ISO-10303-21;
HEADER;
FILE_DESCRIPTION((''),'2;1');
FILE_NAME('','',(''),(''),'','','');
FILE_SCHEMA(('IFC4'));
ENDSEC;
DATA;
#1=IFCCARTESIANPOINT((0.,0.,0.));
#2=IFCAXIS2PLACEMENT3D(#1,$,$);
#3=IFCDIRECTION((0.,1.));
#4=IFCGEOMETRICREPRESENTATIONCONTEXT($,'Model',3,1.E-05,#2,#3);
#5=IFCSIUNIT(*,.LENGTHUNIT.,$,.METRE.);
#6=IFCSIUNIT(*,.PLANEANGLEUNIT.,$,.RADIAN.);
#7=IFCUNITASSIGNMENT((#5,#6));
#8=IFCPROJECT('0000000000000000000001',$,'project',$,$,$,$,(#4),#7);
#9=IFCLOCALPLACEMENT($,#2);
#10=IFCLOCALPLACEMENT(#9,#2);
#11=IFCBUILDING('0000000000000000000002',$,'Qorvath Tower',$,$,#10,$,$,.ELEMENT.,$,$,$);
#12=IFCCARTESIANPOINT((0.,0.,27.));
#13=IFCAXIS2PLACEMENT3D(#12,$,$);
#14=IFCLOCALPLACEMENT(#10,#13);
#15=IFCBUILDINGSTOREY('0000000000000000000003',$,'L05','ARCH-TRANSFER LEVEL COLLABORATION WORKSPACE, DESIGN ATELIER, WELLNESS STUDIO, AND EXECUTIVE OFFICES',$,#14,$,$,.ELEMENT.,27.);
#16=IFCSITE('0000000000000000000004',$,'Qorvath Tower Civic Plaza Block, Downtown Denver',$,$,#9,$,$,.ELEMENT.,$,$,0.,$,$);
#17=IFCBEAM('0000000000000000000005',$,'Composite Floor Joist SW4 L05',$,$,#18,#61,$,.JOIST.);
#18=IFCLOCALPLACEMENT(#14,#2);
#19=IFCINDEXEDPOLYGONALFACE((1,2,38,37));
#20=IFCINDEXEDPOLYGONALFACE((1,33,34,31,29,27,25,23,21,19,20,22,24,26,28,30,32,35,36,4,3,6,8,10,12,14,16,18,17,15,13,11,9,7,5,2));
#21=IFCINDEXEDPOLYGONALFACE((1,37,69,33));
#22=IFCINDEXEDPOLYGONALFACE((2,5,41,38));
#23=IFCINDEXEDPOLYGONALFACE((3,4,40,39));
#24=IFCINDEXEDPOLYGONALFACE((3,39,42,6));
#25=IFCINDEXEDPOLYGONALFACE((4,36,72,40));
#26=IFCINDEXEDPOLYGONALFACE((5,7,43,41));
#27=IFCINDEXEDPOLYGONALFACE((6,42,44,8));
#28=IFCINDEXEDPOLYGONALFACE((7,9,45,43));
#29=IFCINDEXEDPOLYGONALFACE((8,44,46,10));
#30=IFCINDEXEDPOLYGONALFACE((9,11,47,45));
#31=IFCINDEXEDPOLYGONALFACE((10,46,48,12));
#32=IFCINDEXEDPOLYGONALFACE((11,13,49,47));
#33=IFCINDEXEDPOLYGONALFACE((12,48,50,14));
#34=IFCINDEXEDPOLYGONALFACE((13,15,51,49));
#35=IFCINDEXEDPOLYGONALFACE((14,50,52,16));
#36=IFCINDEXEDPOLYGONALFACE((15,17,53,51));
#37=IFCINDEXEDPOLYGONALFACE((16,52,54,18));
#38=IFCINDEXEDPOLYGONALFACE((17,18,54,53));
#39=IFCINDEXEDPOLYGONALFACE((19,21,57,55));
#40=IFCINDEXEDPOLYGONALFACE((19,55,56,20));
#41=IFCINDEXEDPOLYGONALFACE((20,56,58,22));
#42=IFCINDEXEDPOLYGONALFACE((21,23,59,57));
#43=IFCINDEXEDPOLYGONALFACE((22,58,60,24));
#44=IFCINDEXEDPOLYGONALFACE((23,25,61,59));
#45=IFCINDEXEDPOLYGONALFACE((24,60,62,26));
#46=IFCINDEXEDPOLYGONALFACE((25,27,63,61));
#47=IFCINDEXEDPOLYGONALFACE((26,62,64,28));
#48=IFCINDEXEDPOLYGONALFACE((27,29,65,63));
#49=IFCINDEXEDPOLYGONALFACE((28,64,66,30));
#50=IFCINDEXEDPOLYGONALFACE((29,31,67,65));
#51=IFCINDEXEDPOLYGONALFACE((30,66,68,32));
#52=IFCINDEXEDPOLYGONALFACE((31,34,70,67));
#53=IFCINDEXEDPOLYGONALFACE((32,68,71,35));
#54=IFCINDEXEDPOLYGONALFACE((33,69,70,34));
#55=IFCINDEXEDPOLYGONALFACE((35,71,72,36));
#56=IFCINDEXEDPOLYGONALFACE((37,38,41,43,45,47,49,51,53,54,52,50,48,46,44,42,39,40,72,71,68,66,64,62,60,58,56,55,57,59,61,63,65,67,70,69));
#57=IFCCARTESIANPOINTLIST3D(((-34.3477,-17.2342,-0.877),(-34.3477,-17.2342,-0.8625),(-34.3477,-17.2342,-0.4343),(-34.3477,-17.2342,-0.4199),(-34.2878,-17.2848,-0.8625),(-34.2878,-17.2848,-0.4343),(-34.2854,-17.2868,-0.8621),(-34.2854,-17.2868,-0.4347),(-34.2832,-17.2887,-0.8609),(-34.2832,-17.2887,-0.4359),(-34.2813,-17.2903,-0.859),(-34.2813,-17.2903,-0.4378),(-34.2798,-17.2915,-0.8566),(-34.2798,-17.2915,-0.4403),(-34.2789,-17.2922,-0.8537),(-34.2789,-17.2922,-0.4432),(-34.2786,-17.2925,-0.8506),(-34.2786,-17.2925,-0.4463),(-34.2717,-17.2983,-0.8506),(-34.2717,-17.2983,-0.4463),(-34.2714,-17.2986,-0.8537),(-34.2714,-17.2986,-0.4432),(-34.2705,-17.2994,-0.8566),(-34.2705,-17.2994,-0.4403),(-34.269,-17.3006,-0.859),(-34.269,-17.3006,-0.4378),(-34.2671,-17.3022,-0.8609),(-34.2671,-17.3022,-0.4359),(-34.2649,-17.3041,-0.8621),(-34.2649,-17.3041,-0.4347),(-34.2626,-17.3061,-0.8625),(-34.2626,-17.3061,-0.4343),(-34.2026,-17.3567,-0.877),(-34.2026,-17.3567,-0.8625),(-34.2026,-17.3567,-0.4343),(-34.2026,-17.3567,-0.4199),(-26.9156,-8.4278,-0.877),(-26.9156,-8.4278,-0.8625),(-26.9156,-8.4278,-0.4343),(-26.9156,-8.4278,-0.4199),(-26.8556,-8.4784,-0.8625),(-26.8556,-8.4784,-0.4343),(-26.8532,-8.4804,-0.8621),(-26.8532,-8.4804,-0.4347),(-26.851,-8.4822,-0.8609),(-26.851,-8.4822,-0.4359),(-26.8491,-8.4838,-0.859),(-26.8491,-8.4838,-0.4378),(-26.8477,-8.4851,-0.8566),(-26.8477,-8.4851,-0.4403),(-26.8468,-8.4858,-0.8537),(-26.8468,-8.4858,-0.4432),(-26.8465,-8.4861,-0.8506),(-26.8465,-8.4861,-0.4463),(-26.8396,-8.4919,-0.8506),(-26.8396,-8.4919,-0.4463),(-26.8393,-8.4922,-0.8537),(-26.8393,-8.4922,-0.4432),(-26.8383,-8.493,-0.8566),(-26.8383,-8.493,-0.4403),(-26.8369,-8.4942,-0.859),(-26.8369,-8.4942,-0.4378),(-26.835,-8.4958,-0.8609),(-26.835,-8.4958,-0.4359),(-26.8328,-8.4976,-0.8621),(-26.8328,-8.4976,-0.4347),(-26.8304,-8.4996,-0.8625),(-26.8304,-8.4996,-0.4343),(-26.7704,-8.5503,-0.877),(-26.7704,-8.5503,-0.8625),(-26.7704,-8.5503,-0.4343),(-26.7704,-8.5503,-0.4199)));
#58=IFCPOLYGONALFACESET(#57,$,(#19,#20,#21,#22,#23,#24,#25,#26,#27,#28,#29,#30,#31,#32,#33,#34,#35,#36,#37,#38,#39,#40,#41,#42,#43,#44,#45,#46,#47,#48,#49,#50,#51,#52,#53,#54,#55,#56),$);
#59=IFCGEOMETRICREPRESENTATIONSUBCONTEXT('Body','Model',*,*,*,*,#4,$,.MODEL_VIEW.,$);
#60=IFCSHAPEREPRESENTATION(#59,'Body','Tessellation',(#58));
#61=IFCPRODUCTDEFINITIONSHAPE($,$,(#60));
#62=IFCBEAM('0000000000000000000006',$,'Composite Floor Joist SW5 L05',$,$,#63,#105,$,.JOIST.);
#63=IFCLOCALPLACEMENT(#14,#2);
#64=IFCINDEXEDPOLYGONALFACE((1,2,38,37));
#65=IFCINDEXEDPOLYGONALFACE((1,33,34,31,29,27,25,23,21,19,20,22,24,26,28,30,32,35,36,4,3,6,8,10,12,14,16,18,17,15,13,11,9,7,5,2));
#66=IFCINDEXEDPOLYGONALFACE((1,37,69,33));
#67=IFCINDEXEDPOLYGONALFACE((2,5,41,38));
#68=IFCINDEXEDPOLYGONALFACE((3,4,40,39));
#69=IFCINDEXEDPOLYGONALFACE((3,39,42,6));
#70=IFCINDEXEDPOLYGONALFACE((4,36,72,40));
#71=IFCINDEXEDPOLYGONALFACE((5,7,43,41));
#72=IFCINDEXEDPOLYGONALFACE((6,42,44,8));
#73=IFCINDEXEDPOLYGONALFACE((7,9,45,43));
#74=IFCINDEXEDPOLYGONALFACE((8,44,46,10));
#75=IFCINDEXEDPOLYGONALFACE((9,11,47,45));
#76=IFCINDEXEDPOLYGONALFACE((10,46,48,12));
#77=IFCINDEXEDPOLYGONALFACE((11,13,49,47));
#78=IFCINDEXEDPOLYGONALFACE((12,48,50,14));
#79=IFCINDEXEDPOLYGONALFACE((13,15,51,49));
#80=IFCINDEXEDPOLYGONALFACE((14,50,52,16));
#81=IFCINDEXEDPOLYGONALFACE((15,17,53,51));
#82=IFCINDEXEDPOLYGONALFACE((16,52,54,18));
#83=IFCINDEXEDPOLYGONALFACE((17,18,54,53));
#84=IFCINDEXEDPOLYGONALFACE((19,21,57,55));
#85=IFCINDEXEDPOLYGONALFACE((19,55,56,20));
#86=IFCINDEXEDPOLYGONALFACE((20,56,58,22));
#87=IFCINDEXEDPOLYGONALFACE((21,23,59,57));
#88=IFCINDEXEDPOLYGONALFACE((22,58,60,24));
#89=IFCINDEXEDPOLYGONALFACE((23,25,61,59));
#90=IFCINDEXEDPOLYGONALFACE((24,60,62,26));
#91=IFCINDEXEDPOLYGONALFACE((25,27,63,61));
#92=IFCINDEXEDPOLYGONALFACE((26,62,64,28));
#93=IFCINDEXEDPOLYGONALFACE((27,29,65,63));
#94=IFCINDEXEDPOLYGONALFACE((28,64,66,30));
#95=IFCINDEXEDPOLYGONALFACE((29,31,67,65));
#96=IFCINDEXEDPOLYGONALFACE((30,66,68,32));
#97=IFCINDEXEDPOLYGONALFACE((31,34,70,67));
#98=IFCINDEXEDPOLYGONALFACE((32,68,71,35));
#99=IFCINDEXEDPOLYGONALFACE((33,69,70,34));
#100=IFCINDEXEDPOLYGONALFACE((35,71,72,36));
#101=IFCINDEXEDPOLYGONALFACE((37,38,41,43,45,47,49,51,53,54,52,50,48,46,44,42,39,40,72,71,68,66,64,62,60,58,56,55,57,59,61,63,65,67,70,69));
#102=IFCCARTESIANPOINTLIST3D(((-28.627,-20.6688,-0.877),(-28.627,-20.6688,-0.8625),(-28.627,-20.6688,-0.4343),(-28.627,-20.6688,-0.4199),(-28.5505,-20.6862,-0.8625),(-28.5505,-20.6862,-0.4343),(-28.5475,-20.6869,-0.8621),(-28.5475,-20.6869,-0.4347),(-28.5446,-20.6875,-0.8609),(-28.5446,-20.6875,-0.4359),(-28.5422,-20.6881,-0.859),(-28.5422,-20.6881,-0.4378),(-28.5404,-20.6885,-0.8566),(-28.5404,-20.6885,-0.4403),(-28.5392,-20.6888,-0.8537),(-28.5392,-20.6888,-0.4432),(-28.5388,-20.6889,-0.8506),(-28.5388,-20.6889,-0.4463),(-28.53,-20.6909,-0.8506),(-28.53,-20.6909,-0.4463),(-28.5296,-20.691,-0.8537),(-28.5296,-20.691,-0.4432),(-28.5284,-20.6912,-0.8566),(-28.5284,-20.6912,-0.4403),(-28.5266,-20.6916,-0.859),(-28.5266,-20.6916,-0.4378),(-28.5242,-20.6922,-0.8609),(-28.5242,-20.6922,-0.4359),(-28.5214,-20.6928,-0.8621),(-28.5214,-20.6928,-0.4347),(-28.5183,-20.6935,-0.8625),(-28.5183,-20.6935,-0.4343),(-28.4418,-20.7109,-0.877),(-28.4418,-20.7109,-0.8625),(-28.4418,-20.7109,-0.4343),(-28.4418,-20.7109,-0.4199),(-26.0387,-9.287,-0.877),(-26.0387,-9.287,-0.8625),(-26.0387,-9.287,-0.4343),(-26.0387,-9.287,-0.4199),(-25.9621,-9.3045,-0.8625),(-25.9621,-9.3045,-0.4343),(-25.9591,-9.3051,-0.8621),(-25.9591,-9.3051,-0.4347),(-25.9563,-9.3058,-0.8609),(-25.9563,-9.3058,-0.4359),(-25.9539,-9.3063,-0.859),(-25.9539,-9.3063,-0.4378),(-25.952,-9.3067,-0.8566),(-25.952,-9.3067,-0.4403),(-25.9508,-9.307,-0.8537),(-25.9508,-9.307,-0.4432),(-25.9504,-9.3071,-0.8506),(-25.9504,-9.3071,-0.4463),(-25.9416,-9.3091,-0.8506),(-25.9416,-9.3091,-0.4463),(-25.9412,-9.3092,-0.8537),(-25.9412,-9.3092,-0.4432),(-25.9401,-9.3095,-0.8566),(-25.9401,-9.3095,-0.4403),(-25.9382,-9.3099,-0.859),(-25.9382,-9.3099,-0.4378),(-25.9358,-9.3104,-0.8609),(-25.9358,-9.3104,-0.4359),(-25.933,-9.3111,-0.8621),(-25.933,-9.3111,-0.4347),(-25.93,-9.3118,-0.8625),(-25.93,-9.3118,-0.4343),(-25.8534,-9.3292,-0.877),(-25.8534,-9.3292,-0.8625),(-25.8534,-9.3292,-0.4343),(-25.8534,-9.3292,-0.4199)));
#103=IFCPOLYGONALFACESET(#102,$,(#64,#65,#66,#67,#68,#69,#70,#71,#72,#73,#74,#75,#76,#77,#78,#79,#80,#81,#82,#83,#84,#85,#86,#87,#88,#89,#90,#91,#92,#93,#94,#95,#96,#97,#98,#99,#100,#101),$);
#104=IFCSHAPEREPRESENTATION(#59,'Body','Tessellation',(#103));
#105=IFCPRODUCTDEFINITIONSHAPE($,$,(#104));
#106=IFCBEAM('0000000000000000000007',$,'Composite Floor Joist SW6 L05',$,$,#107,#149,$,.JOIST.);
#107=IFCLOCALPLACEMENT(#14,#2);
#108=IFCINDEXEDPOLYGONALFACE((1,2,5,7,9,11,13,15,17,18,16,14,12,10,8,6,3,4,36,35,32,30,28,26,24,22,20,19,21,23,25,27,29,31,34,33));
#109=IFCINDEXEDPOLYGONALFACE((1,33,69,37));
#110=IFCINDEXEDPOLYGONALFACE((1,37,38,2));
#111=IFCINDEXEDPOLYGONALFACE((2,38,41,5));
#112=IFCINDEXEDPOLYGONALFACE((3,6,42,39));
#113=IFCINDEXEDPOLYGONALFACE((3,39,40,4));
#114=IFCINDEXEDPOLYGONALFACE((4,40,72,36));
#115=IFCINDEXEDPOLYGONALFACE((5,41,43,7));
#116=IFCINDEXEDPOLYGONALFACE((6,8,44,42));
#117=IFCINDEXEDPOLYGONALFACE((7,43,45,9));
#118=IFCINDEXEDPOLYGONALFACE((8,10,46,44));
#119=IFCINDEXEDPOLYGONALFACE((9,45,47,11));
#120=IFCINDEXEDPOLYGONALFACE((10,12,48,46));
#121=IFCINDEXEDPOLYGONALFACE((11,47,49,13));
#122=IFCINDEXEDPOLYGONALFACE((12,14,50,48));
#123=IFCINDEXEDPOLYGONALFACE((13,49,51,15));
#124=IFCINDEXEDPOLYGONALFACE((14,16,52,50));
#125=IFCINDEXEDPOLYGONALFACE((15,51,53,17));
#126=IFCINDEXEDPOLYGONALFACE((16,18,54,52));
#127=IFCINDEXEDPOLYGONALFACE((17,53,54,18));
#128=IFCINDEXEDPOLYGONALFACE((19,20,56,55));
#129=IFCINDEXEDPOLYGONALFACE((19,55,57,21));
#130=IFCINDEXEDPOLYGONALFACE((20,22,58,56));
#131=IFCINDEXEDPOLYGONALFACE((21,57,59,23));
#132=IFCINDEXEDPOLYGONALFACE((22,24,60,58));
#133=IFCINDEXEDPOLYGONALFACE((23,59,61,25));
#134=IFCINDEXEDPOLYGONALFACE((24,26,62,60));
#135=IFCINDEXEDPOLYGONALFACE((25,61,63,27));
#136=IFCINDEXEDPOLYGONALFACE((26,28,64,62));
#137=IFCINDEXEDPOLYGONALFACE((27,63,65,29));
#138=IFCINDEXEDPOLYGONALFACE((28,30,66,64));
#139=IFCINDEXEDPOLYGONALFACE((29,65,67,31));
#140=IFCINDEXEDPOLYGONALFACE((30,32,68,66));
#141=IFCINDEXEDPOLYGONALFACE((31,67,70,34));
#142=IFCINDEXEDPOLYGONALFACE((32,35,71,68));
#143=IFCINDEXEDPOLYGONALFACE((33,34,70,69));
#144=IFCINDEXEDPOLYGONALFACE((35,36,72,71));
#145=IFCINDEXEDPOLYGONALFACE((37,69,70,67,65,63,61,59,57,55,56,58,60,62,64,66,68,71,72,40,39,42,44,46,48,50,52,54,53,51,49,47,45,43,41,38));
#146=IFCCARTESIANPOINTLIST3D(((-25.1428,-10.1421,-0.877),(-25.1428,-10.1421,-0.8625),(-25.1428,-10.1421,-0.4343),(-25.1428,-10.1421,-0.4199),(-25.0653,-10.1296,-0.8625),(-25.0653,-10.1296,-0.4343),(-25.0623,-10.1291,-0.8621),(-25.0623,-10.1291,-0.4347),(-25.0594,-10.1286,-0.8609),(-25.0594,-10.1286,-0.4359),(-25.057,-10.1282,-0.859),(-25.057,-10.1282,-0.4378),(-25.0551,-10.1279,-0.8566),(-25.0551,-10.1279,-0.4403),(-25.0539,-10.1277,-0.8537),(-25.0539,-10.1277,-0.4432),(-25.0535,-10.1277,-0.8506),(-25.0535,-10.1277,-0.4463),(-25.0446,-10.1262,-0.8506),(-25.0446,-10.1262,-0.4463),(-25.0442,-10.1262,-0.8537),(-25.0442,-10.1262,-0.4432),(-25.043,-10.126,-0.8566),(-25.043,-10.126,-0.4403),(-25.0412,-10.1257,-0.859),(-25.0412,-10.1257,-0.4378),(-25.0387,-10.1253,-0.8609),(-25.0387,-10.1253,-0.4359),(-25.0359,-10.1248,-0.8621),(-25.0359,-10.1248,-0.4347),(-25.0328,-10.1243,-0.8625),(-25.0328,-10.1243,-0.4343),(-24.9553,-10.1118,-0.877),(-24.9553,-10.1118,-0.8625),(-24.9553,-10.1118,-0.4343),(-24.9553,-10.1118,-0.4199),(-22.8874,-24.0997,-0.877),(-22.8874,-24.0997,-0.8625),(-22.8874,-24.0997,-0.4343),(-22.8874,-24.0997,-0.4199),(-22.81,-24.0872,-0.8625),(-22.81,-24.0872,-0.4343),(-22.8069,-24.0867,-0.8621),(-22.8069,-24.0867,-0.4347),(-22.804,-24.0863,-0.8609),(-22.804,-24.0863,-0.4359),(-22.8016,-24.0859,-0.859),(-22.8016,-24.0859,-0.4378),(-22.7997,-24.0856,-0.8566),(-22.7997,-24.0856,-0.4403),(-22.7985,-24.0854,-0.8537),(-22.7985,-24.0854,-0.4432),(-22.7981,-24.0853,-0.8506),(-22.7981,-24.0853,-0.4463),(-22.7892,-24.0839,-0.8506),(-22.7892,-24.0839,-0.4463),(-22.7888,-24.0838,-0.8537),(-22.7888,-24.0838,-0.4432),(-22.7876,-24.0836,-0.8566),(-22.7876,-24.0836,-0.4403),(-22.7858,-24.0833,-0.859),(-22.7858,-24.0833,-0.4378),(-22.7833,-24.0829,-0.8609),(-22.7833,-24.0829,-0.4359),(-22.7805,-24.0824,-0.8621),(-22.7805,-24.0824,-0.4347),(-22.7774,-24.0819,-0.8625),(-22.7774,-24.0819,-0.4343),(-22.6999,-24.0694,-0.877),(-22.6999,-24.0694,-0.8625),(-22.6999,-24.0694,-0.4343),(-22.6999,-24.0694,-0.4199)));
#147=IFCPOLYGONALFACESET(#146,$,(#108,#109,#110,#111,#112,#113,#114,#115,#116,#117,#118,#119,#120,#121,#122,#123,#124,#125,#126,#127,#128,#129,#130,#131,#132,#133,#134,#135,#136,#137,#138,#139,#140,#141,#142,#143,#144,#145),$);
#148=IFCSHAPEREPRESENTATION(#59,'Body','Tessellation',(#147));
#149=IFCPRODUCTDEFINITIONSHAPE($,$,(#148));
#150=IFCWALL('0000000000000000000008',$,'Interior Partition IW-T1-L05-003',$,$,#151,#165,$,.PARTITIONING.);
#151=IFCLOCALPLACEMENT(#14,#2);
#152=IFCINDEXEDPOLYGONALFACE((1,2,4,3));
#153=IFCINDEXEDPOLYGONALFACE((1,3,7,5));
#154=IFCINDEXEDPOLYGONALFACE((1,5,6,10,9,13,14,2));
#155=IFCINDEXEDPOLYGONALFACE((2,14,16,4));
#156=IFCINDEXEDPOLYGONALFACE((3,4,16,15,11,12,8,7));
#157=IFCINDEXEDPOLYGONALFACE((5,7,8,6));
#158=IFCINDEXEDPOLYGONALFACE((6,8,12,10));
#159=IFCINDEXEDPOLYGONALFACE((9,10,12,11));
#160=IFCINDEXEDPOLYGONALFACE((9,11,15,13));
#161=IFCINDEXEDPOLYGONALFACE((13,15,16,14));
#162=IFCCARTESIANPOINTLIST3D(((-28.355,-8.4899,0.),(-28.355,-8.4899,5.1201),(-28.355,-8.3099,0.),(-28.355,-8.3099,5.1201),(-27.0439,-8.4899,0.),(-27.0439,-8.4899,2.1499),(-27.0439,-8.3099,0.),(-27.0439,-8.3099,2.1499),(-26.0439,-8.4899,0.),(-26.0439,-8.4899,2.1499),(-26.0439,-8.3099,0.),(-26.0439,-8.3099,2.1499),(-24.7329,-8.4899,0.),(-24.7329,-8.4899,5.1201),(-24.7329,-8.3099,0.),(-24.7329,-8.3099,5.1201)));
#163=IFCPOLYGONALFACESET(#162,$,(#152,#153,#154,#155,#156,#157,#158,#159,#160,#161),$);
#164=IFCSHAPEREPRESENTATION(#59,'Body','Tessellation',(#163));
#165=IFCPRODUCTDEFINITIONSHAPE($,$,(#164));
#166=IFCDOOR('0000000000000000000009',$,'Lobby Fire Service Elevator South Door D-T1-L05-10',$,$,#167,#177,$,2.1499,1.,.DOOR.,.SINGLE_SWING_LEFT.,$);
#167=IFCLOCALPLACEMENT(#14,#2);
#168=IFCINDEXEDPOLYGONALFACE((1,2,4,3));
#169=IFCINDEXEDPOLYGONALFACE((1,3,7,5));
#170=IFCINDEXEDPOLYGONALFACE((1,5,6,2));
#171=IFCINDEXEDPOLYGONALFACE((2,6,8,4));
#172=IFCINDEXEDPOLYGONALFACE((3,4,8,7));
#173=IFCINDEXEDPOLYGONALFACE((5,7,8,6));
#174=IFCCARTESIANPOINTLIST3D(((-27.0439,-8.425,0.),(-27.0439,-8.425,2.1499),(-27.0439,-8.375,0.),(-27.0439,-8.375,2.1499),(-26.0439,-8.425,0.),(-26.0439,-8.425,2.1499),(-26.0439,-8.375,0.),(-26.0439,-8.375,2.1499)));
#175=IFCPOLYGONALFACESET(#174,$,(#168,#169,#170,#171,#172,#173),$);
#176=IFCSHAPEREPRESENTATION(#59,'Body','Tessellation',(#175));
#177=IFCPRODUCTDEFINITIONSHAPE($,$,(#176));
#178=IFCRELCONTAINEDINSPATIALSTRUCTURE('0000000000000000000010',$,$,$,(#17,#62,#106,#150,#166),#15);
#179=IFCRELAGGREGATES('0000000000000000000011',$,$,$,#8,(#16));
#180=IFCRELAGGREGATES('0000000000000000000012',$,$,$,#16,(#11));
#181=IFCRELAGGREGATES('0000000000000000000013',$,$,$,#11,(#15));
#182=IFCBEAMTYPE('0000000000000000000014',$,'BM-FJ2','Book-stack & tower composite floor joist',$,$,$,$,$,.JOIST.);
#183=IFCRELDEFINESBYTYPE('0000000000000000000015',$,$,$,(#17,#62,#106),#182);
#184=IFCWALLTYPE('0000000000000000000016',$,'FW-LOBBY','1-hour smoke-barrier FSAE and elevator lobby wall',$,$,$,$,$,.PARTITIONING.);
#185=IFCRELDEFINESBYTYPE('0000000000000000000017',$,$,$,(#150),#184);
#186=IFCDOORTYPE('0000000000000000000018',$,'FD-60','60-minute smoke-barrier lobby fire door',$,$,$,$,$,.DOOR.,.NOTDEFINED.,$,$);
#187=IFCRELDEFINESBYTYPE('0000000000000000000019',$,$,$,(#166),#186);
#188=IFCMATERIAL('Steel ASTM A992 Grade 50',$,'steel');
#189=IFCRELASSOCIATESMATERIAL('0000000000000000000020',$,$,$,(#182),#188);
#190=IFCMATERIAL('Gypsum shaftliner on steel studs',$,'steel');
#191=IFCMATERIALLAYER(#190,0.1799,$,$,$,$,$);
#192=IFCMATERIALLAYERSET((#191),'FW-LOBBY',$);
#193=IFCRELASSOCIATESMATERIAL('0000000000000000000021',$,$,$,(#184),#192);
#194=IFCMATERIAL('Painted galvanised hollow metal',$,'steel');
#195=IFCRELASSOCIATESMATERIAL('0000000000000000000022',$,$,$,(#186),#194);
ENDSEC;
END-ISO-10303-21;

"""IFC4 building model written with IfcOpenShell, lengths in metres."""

from ifc_helpers import new_model, si_unit, direction, frame, frame_2d, origin, origin_2d, place, context, subcontext, project, spatial, rectangle, i_section, extrude, material, layer, layer_set, material_profile, profile_set, type_object, element, fill, save


model = new_model("IFC4")

# Units and contexts
model_context = context("Model", 3, precision=1e-05, world=origin(), true_north=direction((0.0, 1.0)))
body_context = subcontext(model_context, "Body", "Model", "MODEL_VIEW")
ifc_project = project(units=[si_unit("LENGTHUNIT", "METRE"), si_unit("PLANEANGLEUNIT", "RADIAN")], contexts=[model_context])

# Site, building, storey
site_placement = place(None, origin())
site = spatial("IfcSite", under=ifc_project, at=site_placement, Name="Qorvath Tower Civic Plaza Block, Downtown Denver", CompositionType="ELEMENT", RefElevation=0.0)
building_placement = place(site_placement, origin())
building = spatial("IfcBuilding", under=site, at=building_placement, Name="Qorvath Tower", CompositionType="ELEMENT")
storey_placement = place(building_placement, frame((0.0, 0.0, 27.0)))
storey = spatial("IfcBuildingStorey", under=building, at=storey_placement, Name="L05", Description="ARCH-TRANSFER LEVEL COLLABORATION WORKSPACE, DESIGN ATELIER, WELLNESS STUDIO, AND EXECUTIVE OFFICES", CompositionType="ELEMENT", Elevation=27.0)

# Beams
ifc_material_1 = material(Name="Steel ASTM A992 Grade 50", Category="steel")
ifc_material_profile_1 = material_profile(ifc_material_1, i_section(OverallWidth=0.1899, OverallDepth=0.457, WebThickness=0.009, FlangeThickness=0.0144, FilletRadius=0.012, at=origin_2d()), Name="W18x50")
ifc_profile_set_1 = profile_set([ifc_material_profile_1], Name="Steel ASTM A992 Grade 50")
beam_type_1 = type_object("IfcBeamType", Name="BM-FJ2", Description="Book-stack & tower composite floor joist", PredefinedType="JOIST", material=ifc_profile_set_1)
beam_1_placement = place(storey_placement, frame((-26.843, -8.489, -0.6484), z_axis=(-0.644959, -0.764217, 0.0), x_axis=(0.764217, -0.644959, 0.0)))
element("IfcBeam", 1, at=beam_1_placement, inside=storey, type_object=beam_type_1, Name="Composite Floor Joist SW4 L05", PredefinedType="JOIST", context=body_context, shape_type="SweptSolid", body=[
    extrude(i_section(OverallWidth=0.1899, OverallDepth=0.457, WebThickness=0.009, FlangeThickness=0.0144, FilletRadius=0.012, at=origin_2d()), origin(), (0.0, 0.0, 1.0), 11.5234),
])
beam_2_placement = place(storey_placement, frame((-25.946, -9.3081, -0.6484), z_axis=(-0.221751, -0.975103, 0.0), x_axis=(0.975103, -0.221751, 0.0)))
element("IfcBeam", 2, at=beam_2_placement, inside=storey, type_object=beam_type_1, Name="Composite Floor Joist SW5 L05", PredefinedType="JOIST", context=body_context, shape_type="SweptSolid", body=[
    extrude(i_section(OverallWidth=0.1899, OverallDepth=0.457, WebThickness=0.009, FlangeThickness=0.0144, FilletRadius=0.012, at=origin_2d()), origin(), (0.0, 0.0, 1.0), 11.6724),
])
beam_3_placement = place(storey_placement, frame((-25.0491, -10.127, -0.6484), z_axis=(0.159519, -0.987195, 0.0), x_axis=(0.987195, 0.159519, 0.0)))
element("IfcBeam", 3, at=beam_3_placement, inside=storey, type_object=beam_type_1, Name="Composite Floor Joist SW6 L05", PredefinedType="JOIST", context=body_context, shape_type="SweptSolid", body=[
    extrude(i_section(OverallWidth=0.1899, OverallDepth=0.457, WebThickness=0.009, FlangeThickness=0.0144, FilletRadius=0.012, at=origin_2d()), origin(), (0.0, 0.0, 1.0), 14.1387),
])

# Wall, opening, door
ifc_material_2 = material(Name="Gypsum shaftliner on steel studs", Category="steel")
ifc_layer_1 = layer(ifc_material_2, 0.1799)
ifc_layer_set_1 = layer_set([ifc_layer_1], Name="FW-LOBBY")
wall_type_1 = type_object("IfcWallType", Name="FW-LOBBY", Description="1-hour smoke-barrier FSAE and elevator lobby wall", PredefinedType="PARTITIONING", material=ifc_layer_set_1)
wall_1_placement = place(storey_placement, frame((-28.355, -8.3999, 0.0), z_axis=(0.0, 0.0, 1.0), x_axis=(1.0, 0.0, 0.0)))
wall_1 = element("IfcWall", 4, at=wall_1_placement, inside=storey, type_object=wall_type_1, Name="Interior Partition IW-T1-L05-003", PredefinedType="PARTITIONING", context=body_context, shape_type="SweptSolid", body=[
    extrude(rectangle(XDim=3.6221, YDim=0.1799, at=frame_2d((1.811, 0.0))), origin(), (0.0, 0.0, 1.0), 5.1201),
])
opening_1_placement = place(wall_1_placement, frame((1.311, 0.0, 0.0)))
opening_1 = element("IfcOpeningElement", 5, at=opening_1_placement, cuts=wall_1, PredefinedType="OPENING", context=body_context, shape_type="SweptSolid", body=[
    extrude(rectangle(XDim=1.0, YDim=2.1499, at=frame_2d((0.5, 1.075))), frame((0.0, 0.1001, 0.0), z_axis=(0.0, -1.0, 0.0), x_axis=(1.0, 0.0, 0.0)), (0.0, 0.0, 1.0), 0.2),
])
ifc_material_3 = material(Name="Painted galvanised hollow metal", Category="steel")
door_type_1 = type_object("IfcDoorType", Name="FD-60", Description="60-minute smoke-barrier lobby fire door", OperationType="NOTDEFINED", PredefinedType="DOOR", material=ifc_material_3)
door_1_placement = place(opening_1_placement, origin())
door_1 = element("IfcDoor", 6, at=door_1_placement, inside=storey, type_object=door_type_1, Name="Lobby Fire Service Elevator South Door D-T1-L05-10", OperationType="SINGLE_SWING_LEFT", OverallHeight=2.1499, OverallWidth=1.0, PredefinedType="DOOR", context=body_context, shape_type="SweptSolid", body=[
    extrude(rectangle(XDim=1.0, YDim=2.1499, at=frame_2d((0.5, 1.075))), frame((0.0, 0.0249, 0.0), z_axis=(0.0, -1.0, 0.0), x_axis=(1.0, 0.0, 0.0)), (0.0, 0.0, 1.0), 0.05),
])
fill(opening_1, door_1)

save(model, "model.ifc")
